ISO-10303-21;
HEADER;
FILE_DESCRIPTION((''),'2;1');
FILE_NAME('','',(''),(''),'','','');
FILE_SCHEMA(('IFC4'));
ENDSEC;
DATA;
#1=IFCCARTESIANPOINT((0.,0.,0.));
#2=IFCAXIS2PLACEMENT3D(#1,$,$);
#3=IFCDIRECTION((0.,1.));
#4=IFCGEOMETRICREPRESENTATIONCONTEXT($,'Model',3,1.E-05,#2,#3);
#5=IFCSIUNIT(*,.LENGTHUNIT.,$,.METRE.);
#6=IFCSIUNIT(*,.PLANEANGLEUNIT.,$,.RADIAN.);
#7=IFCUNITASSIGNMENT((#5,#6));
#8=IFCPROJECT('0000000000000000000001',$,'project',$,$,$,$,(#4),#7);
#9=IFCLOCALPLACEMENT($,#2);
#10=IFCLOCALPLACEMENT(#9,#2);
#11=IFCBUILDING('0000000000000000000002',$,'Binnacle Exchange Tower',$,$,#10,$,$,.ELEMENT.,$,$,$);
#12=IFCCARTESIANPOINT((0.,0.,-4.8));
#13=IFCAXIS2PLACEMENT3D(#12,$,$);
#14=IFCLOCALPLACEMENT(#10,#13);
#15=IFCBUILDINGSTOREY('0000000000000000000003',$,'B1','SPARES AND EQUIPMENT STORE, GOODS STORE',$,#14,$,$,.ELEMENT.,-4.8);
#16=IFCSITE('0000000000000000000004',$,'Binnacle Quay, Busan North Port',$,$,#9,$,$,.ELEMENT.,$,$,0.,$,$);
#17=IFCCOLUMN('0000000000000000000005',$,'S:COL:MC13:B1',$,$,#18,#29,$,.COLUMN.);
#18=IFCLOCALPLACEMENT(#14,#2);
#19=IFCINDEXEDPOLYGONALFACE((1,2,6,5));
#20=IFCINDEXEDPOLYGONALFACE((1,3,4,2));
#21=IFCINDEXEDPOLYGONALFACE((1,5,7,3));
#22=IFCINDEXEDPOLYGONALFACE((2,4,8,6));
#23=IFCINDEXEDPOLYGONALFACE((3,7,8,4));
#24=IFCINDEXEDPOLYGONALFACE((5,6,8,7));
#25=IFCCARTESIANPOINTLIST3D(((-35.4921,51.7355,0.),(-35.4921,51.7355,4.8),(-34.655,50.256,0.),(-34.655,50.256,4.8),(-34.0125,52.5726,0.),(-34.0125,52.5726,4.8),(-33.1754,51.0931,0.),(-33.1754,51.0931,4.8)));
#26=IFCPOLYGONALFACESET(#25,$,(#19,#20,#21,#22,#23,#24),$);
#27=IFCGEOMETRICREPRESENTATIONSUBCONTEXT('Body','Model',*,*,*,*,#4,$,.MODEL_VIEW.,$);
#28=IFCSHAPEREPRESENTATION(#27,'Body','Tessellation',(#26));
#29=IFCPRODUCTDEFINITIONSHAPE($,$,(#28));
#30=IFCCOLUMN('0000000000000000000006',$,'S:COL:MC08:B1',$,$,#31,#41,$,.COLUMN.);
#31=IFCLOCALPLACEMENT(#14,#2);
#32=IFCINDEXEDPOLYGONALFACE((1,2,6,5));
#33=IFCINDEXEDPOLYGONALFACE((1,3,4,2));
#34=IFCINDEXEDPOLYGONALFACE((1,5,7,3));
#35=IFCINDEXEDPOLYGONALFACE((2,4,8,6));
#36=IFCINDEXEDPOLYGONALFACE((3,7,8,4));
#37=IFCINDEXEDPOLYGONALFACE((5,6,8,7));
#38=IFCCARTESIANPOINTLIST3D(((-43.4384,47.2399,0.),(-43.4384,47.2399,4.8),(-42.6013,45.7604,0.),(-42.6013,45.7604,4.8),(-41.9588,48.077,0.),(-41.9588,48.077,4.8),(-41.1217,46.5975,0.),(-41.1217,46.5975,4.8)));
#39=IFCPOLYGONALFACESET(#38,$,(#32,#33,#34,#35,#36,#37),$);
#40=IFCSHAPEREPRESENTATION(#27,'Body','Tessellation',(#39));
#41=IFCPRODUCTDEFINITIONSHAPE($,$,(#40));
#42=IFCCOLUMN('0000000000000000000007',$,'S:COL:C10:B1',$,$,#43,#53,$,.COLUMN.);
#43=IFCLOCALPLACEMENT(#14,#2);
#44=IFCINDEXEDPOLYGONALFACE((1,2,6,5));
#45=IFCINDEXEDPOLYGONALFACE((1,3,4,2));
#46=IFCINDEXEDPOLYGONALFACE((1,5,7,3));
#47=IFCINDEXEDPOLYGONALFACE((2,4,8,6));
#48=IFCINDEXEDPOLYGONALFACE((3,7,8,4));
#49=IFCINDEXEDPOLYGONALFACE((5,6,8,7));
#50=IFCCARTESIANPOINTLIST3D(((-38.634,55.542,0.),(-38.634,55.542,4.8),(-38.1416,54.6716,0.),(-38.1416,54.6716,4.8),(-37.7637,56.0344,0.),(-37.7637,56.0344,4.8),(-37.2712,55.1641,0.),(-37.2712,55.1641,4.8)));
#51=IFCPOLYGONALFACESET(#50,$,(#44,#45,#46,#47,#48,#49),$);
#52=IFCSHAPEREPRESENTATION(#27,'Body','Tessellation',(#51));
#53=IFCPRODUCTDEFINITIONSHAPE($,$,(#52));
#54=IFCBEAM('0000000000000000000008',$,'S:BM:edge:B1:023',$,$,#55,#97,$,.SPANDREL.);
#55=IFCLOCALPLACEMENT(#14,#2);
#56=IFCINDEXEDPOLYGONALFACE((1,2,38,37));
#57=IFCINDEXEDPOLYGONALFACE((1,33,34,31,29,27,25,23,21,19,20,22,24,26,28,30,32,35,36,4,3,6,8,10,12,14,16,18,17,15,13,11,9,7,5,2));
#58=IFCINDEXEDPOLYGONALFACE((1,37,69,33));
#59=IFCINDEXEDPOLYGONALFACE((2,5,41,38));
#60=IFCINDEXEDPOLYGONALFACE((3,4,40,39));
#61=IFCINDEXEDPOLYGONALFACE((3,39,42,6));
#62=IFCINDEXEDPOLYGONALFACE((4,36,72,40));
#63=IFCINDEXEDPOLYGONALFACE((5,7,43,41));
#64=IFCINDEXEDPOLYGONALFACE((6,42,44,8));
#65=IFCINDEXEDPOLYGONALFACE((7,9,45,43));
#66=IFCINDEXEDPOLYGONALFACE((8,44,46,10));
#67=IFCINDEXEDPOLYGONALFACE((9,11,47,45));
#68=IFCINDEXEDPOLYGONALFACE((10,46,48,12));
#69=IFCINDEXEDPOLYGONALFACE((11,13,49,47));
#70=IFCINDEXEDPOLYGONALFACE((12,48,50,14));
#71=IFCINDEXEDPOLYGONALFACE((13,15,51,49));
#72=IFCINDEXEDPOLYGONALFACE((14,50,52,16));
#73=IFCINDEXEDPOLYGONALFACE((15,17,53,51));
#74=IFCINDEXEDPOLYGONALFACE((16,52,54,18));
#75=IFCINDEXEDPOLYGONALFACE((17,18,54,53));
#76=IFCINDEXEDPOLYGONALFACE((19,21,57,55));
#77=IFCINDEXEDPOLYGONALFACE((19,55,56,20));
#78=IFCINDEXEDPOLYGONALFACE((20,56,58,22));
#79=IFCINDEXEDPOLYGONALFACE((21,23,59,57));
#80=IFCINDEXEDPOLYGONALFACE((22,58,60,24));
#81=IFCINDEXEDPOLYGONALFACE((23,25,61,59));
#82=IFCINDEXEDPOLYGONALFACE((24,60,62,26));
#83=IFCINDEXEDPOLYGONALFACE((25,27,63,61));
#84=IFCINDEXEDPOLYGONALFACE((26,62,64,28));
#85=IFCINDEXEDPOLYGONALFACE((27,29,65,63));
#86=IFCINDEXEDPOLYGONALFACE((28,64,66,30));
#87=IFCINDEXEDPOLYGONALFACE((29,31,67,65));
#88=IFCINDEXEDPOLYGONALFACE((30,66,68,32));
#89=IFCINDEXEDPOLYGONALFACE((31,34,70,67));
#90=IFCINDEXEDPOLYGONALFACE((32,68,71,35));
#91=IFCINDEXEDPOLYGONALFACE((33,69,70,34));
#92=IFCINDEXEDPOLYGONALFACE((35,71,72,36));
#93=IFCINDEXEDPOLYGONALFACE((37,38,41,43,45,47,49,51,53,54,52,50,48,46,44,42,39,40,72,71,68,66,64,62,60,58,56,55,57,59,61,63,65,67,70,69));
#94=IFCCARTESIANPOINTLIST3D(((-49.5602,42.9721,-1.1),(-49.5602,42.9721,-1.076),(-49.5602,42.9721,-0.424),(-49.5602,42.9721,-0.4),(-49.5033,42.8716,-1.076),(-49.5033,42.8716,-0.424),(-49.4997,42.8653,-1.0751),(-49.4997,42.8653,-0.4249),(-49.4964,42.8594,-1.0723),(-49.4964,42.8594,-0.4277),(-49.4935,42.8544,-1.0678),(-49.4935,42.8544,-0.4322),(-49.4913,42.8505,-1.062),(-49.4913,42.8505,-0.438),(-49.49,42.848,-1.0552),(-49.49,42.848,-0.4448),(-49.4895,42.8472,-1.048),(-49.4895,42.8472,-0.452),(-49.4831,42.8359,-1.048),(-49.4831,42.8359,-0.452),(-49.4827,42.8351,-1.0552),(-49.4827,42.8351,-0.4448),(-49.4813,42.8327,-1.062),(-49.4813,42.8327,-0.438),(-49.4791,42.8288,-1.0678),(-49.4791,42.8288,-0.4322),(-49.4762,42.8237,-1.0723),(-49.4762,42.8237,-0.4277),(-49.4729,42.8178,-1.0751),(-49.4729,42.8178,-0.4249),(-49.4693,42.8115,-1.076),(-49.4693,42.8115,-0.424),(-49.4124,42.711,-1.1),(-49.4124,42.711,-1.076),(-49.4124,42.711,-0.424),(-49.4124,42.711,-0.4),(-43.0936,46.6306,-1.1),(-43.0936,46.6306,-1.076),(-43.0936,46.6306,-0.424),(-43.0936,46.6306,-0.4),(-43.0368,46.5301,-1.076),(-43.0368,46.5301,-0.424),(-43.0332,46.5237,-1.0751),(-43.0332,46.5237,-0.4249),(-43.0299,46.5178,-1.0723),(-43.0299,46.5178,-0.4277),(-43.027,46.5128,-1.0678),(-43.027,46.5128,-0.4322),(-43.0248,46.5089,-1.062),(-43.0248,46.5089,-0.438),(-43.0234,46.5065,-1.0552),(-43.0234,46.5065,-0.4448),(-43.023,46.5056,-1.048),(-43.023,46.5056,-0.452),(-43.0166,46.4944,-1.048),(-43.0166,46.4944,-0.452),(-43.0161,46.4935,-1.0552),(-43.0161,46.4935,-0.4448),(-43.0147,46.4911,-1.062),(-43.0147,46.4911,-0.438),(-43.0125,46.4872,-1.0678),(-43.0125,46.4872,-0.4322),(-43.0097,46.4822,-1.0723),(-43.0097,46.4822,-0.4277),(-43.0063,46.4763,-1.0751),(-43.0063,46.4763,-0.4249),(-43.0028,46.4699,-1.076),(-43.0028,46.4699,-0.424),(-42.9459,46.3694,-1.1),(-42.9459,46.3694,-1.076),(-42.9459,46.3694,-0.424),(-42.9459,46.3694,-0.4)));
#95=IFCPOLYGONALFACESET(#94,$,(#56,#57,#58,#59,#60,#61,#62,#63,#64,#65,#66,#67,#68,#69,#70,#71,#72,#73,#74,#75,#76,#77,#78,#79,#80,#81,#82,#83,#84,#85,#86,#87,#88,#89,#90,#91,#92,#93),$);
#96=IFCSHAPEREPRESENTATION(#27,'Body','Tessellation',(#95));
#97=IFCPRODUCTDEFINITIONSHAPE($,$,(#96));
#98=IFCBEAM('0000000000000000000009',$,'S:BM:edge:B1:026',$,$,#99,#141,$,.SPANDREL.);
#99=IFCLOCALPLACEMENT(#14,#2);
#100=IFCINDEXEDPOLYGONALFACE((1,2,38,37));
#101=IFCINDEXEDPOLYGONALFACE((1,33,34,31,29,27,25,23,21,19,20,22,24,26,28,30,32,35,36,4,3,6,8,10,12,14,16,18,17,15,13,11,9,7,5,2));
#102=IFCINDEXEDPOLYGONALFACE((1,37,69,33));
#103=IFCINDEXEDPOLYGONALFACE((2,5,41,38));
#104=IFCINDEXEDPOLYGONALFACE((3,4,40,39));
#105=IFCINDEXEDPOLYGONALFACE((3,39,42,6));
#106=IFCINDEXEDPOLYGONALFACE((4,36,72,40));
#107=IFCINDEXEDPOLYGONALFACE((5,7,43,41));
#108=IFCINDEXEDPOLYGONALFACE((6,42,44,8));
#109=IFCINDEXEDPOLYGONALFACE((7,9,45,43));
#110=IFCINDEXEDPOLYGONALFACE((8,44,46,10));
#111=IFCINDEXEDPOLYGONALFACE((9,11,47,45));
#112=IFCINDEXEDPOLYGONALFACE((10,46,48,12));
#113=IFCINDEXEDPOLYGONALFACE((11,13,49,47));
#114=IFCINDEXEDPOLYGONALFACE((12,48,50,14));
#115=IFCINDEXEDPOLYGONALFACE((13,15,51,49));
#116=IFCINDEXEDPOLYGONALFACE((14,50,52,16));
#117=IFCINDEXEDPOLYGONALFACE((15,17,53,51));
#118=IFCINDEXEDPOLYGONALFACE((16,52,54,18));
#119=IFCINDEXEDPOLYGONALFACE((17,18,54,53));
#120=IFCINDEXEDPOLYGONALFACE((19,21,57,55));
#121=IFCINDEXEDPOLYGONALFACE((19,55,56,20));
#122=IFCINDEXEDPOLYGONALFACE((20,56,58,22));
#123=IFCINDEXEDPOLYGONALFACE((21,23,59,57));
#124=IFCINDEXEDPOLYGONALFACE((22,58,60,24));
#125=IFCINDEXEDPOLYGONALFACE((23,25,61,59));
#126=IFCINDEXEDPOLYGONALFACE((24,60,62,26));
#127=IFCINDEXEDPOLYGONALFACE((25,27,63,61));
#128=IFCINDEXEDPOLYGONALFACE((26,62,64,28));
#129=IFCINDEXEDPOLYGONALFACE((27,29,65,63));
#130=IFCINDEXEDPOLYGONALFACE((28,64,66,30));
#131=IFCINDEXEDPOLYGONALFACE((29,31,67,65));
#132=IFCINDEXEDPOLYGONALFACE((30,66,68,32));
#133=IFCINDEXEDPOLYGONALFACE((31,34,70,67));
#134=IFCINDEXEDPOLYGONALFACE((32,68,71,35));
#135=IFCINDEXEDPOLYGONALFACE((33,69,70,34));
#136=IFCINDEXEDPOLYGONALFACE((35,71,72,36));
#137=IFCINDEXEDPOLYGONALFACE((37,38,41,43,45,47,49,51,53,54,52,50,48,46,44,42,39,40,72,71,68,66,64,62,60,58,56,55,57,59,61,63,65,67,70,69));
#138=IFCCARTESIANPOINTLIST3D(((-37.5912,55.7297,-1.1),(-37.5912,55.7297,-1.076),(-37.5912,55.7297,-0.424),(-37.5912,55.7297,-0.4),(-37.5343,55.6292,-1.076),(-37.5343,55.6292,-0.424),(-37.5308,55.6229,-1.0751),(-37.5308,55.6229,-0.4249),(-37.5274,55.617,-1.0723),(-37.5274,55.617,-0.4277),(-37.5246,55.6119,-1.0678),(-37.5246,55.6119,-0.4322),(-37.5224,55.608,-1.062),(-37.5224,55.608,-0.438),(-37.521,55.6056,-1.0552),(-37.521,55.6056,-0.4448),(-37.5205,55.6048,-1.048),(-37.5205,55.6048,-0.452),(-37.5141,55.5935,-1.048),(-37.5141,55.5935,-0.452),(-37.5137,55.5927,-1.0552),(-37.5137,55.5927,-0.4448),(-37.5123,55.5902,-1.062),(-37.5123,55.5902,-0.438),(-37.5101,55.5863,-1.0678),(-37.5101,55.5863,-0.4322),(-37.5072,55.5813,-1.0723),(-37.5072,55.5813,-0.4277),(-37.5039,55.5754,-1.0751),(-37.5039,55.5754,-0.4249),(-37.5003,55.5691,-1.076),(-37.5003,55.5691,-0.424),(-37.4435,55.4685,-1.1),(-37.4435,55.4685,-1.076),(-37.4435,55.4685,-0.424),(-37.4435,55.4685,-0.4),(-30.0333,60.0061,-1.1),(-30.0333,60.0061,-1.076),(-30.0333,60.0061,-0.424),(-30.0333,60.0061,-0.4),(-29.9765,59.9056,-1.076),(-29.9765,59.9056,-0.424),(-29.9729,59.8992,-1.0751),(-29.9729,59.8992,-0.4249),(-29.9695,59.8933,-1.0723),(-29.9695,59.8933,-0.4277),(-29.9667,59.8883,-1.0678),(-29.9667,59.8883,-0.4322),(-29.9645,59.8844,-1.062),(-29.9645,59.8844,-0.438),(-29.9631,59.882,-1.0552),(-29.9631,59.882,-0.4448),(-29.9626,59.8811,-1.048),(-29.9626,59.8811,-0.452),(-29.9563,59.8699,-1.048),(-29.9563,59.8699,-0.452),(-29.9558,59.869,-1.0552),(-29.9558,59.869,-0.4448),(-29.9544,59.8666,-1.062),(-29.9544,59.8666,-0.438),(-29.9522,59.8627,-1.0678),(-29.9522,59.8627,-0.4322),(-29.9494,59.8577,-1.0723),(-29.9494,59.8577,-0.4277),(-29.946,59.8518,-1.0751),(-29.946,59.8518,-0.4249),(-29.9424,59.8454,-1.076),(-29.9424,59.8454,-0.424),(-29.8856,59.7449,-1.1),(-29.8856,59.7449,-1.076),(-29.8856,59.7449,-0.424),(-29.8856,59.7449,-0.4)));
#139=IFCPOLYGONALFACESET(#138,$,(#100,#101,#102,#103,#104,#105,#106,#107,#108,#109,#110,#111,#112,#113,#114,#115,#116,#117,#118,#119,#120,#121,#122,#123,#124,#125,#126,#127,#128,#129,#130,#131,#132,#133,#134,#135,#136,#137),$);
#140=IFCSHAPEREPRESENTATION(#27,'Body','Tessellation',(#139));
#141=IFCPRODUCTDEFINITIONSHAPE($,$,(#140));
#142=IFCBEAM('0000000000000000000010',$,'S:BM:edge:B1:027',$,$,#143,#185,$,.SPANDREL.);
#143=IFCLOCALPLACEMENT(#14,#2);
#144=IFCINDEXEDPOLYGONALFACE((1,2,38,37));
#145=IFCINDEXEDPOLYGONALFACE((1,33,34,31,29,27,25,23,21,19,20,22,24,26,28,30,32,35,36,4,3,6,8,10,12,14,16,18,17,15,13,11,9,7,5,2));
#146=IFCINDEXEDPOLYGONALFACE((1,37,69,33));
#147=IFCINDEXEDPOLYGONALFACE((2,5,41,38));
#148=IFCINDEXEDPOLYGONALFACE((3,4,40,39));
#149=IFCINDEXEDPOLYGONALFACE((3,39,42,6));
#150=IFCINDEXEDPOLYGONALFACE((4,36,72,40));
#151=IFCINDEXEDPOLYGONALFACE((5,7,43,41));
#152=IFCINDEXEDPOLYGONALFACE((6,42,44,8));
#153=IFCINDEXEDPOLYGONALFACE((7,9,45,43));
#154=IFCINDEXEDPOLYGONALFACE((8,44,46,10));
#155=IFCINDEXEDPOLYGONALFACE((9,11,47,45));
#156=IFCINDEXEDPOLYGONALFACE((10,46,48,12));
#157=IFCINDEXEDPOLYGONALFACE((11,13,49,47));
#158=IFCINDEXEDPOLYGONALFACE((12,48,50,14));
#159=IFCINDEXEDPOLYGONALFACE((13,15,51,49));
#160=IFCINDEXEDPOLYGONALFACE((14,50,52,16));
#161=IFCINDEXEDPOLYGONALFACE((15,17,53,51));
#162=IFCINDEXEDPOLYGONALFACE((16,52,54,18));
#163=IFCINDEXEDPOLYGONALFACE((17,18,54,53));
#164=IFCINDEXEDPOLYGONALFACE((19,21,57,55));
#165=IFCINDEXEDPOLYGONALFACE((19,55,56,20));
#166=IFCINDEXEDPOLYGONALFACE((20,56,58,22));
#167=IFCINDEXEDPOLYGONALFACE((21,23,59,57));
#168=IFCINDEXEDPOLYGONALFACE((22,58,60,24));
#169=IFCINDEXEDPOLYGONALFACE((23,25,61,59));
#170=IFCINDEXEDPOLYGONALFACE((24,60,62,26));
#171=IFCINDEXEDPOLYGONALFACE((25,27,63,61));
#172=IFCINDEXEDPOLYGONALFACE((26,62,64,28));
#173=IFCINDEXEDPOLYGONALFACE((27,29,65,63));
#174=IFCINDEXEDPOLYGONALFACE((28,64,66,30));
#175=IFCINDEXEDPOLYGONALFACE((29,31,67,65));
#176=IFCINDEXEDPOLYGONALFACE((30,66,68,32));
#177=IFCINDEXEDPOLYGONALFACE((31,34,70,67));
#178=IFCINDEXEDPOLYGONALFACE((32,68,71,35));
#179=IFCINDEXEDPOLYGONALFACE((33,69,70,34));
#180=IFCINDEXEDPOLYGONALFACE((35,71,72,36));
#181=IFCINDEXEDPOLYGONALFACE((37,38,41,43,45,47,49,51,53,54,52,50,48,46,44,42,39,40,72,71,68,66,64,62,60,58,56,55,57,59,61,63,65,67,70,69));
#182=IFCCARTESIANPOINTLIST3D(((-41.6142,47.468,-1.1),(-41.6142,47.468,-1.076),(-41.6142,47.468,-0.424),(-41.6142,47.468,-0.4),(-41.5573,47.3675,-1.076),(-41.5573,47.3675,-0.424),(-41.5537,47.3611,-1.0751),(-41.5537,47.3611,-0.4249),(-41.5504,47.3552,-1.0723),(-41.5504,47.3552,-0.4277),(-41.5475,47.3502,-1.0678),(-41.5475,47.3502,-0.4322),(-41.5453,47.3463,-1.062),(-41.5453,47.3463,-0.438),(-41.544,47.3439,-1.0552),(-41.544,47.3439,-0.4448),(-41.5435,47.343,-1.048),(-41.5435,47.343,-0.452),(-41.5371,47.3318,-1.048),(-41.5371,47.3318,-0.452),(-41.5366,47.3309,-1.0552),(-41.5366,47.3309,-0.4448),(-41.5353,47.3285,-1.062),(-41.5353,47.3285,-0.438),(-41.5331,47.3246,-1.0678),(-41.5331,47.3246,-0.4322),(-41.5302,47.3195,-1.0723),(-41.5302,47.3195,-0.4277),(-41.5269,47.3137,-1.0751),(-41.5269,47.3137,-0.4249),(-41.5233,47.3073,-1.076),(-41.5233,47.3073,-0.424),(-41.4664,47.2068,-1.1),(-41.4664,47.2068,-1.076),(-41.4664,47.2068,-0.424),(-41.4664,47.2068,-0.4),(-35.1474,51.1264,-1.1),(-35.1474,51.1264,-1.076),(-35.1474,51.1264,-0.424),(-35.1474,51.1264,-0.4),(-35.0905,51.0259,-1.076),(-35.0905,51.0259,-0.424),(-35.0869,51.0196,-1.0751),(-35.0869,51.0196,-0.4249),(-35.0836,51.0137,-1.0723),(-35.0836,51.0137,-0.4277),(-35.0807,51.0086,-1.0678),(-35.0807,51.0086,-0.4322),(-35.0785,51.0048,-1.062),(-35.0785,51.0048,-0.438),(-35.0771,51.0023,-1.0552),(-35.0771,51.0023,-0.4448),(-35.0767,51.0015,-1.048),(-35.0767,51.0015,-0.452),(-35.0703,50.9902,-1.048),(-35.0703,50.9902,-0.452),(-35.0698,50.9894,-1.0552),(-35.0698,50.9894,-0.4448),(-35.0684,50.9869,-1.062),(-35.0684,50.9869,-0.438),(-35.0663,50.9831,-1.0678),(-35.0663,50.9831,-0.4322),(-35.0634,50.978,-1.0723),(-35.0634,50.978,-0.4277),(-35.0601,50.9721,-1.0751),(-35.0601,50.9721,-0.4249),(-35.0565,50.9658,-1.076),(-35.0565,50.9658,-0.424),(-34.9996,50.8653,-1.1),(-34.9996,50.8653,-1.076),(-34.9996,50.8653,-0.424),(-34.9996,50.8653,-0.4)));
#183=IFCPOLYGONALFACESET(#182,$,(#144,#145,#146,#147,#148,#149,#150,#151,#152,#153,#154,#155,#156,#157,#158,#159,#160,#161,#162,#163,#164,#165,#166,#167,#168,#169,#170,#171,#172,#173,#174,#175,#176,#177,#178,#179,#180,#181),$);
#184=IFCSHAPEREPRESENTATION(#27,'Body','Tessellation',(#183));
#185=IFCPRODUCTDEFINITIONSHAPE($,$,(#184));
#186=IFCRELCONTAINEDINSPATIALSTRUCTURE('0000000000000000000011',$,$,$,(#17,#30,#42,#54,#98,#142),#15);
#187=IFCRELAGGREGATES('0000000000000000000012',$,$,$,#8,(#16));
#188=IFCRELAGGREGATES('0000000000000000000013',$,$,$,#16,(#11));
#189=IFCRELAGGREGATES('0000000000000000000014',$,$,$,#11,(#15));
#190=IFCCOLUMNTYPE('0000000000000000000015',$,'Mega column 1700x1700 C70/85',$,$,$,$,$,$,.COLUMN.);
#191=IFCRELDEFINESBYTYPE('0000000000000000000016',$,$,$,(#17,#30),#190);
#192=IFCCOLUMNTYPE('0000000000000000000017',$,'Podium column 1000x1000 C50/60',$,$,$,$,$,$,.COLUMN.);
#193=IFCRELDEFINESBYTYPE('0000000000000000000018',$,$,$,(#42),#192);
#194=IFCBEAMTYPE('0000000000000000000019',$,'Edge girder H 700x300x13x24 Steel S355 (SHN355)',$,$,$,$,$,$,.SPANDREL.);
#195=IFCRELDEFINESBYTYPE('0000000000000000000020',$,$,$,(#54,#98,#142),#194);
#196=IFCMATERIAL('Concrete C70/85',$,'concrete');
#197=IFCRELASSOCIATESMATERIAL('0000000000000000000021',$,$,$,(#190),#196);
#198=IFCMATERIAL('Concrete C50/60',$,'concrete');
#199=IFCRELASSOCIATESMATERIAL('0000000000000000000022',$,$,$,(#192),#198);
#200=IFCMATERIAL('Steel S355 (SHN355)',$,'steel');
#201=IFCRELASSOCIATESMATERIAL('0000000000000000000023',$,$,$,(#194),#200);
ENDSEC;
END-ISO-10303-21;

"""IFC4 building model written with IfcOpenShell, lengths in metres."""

from ifc_helpers import new_model, si_unit, direction, frame, origin, origin_2d, place, context, subcontext, project, spatial, rectangle, i_section, extrude, material, material_profile, profile_set, type_object, element, save


model = new_model("IFC4")

# Units and contexts
model_context = context("Model", 3, precision=1e-05, world=origin(), true_north=direction((0.0, 1.0)))
body_context = subcontext(model_context, "Body", "Model", "MODEL_VIEW")
ifc_project = project(units=[si_unit("LENGTHUNIT", "METRE"), si_unit("PLANEANGLEUNIT", "RADIAN")], contexts=[model_context])

# Site, building, storey
site_placement = place(None, origin())
site = spatial("IfcSite", under=ifc_project, at=site_placement, Name="Binnacle Quay, Busan North Port", CompositionType="ELEMENT", RefElevation=0.0)
building_placement = place(site_placement, origin())
building = spatial("IfcBuilding", under=site, at=building_placement, Name="Binnacle Exchange Tower", CompositionType="ELEMENT")
storey_placement = place(building_placement, frame((0.0, 0.0, -4.8)))
storey = spatial("IfcBuildingStorey", under=building, at=storey_placement, Name="B1", Description="SPARES AND EQUIPMENT STORE, GOODS STORE", CompositionType="ELEMENT", Elevation=-4.8)

# Columns
ifc_material_1 = material(Name="Concrete C70/85", Category="concrete")
ifc_material_profile_1 = material_profile(ifc_material_1, rectangle(XDim=1.7, YDim=1.7, at=origin_2d()), Name="Mega column 1700x1700 C70/85")
ifc_profile_set_1 = profile_set([ifc_material_profile_1], Name="Concrete C70/85")
column_type_1 = type_object("IfcColumnType", Name="Mega column 1700x1700 C70/85", PredefinedType="COLUMN", material=ifc_profile_set_1)
for number, where, z_axis, x_axis, name in (
    (1, (-34.3337, 51.4143, 0.0), (0.0, 0.0, 1.0), (-0.870356, -0.492424, 0.0), "S:COL:MC13:B1"),
    (2, (-42.28, 46.9187, 0.0), (0.0, 0.0, 1.0), (-0.870356, -0.492424, 0.0), "S:COL:MC08:B1"),
):
    element("IfcColumn", number, at=place(storey_placement, frame(where, z_axis=z_axis, x_axis=x_axis)), inside=storey, type_object=column_type_1, Name=name, PredefinedType="COLUMN", context=body_context, shape_type="SweptSolid", body=[
        extrude(rectangle(XDim=1.7, YDim=1.7, at=origin_2d()), origin(), (0.0, 0.0, 1.0), 4.8),
    ])
ifc_material_2 = material(Name="Concrete C50/60", Category="concrete")
ifc_material_profile_2 = material_profile(ifc_material_2, rectangle(XDim=1.0, YDim=1.0, at=origin_2d()), Name="Podium column 1000x1000 C50/60")
ifc_profile_set_2 = profile_set([ifc_material_profile_2], Name="Concrete C50/60")
column_type_2 = type_object("IfcColumnType", Name="Podium column 1000x1000 C50/60", PredefinedType="COLUMN", material=ifc_profile_set_2)
column_placement = place(storey_placement, frame((-37.9526, 55.353, 0.0), z_axis=(0.0, 0.0, 1.0), x_axis=(-0.870356, -0.492424, 0.0)))
element("IfcColumn", 3, at=column_placement, inside=storey, type_object=column_type_2, Name="S:COL:C10:B1", PredefinedType="COLUMN", context=body_context, shape_type="SweptSolid", body=[
    extrude(rectangle(XDim=1.0, YDim=1.0, at=origin_2d()), origin(), (0.0, 0.0, 1.0), 4.8),
])

# Beams
ifc_material_3 = material(Name="Steel S355 (SHN355)", Category="steel")
ifc_material_profile_3 = material_profile(ifc_material_3, i_section(OverallWidth=0.3, OverallDepth=0.7, WebThickness=0.0129, FlangeThickness=0.0239, FilletRadius=0.0281, at=origin_2d()), Name="H 700x300x13x24")
ifc_profile_set_3 = profile_set([ifc_material_profile_3], Name="Steel S355 (SHN355)")
beam_type_1 = type_object("IfcBeamType", Name="Edge girder H 700x300x13x24 Steel S355 (SHN355)", PredefinedType="SPANDREL", material=ifc_profile_set_3)
beam_1_placement = place(storey_placement, frame((-43.0198, 46.5, -0.75), z_axis=(-0.870364, -0.492408, 0.0), x_axis=(0.492408, -0.870364, 0.0)))
element("IfcBeam", 4, at=beam_1_placement, inside=storey, type_object=beam_type_1, Name="S:BM:edge:B1:023", PredefinedType="SPANDREL", context=body_context, shape_type="SweptSolid", body=[
    extrude(i_section(OverallWidth=0.3, OverallDepth=0.7, WebThickness=0.0129, FlangeThickness=0.0239, FilletRadius=0.0281, at=origin_2d()), origin(), (0.0, 0.0, 1.0), 7.4297),
])
beam_2_placement = place(storey_placement, frame((-37.5173, 55.5991, -0.75), z_axis=(0.870339, 0.492453, 0.0), x_axis=(-0.492453, 0.870339, 0.0)))
element("IfcBeam", 5, at=beam_2_placement, inside=storey, type_object=beam_type_1, Name="S:BM:edge:B1:026", PredefinedType="SPANDREL", context=body_context, shape_type="SweptSolid", body=[
    extrude(i_section(OverallWidth=0.3, OverallDepth=0.7, WebThickness=0.0129, FlangeThickness=0.0239, FilletRadius=0.0281, at=origin_2d()), origin(), (0.0, 0.0, 1.0), 8.6838),
])
beam_3_placement = place(storey_placement, frame((-35.0735, 50.9958, -0.75), z_axis=(-0.870372, -0.492394, 0.0), x_axis=(0.492394, -0.870372, 0.0)))
element("IfcBeam", 6, at=beam_3_placement, inside=storey, type_object=beam_type_1, Name="S:BM:edge:B1:027", PredefinedType="SPANDREL", context=body_context, shape_type="SweptSolid", body=[
    extrude(i_section(OverallWidth=0.3, OverallDepth=0.7, WebThickness=0.0129, FlangeThickness=0.0239, FilletRadius=0.0281, at=origin_2d()), origin(), (0.0, 0.0, 1.0), 7.4299),
])

save(model, "model.ifc")
